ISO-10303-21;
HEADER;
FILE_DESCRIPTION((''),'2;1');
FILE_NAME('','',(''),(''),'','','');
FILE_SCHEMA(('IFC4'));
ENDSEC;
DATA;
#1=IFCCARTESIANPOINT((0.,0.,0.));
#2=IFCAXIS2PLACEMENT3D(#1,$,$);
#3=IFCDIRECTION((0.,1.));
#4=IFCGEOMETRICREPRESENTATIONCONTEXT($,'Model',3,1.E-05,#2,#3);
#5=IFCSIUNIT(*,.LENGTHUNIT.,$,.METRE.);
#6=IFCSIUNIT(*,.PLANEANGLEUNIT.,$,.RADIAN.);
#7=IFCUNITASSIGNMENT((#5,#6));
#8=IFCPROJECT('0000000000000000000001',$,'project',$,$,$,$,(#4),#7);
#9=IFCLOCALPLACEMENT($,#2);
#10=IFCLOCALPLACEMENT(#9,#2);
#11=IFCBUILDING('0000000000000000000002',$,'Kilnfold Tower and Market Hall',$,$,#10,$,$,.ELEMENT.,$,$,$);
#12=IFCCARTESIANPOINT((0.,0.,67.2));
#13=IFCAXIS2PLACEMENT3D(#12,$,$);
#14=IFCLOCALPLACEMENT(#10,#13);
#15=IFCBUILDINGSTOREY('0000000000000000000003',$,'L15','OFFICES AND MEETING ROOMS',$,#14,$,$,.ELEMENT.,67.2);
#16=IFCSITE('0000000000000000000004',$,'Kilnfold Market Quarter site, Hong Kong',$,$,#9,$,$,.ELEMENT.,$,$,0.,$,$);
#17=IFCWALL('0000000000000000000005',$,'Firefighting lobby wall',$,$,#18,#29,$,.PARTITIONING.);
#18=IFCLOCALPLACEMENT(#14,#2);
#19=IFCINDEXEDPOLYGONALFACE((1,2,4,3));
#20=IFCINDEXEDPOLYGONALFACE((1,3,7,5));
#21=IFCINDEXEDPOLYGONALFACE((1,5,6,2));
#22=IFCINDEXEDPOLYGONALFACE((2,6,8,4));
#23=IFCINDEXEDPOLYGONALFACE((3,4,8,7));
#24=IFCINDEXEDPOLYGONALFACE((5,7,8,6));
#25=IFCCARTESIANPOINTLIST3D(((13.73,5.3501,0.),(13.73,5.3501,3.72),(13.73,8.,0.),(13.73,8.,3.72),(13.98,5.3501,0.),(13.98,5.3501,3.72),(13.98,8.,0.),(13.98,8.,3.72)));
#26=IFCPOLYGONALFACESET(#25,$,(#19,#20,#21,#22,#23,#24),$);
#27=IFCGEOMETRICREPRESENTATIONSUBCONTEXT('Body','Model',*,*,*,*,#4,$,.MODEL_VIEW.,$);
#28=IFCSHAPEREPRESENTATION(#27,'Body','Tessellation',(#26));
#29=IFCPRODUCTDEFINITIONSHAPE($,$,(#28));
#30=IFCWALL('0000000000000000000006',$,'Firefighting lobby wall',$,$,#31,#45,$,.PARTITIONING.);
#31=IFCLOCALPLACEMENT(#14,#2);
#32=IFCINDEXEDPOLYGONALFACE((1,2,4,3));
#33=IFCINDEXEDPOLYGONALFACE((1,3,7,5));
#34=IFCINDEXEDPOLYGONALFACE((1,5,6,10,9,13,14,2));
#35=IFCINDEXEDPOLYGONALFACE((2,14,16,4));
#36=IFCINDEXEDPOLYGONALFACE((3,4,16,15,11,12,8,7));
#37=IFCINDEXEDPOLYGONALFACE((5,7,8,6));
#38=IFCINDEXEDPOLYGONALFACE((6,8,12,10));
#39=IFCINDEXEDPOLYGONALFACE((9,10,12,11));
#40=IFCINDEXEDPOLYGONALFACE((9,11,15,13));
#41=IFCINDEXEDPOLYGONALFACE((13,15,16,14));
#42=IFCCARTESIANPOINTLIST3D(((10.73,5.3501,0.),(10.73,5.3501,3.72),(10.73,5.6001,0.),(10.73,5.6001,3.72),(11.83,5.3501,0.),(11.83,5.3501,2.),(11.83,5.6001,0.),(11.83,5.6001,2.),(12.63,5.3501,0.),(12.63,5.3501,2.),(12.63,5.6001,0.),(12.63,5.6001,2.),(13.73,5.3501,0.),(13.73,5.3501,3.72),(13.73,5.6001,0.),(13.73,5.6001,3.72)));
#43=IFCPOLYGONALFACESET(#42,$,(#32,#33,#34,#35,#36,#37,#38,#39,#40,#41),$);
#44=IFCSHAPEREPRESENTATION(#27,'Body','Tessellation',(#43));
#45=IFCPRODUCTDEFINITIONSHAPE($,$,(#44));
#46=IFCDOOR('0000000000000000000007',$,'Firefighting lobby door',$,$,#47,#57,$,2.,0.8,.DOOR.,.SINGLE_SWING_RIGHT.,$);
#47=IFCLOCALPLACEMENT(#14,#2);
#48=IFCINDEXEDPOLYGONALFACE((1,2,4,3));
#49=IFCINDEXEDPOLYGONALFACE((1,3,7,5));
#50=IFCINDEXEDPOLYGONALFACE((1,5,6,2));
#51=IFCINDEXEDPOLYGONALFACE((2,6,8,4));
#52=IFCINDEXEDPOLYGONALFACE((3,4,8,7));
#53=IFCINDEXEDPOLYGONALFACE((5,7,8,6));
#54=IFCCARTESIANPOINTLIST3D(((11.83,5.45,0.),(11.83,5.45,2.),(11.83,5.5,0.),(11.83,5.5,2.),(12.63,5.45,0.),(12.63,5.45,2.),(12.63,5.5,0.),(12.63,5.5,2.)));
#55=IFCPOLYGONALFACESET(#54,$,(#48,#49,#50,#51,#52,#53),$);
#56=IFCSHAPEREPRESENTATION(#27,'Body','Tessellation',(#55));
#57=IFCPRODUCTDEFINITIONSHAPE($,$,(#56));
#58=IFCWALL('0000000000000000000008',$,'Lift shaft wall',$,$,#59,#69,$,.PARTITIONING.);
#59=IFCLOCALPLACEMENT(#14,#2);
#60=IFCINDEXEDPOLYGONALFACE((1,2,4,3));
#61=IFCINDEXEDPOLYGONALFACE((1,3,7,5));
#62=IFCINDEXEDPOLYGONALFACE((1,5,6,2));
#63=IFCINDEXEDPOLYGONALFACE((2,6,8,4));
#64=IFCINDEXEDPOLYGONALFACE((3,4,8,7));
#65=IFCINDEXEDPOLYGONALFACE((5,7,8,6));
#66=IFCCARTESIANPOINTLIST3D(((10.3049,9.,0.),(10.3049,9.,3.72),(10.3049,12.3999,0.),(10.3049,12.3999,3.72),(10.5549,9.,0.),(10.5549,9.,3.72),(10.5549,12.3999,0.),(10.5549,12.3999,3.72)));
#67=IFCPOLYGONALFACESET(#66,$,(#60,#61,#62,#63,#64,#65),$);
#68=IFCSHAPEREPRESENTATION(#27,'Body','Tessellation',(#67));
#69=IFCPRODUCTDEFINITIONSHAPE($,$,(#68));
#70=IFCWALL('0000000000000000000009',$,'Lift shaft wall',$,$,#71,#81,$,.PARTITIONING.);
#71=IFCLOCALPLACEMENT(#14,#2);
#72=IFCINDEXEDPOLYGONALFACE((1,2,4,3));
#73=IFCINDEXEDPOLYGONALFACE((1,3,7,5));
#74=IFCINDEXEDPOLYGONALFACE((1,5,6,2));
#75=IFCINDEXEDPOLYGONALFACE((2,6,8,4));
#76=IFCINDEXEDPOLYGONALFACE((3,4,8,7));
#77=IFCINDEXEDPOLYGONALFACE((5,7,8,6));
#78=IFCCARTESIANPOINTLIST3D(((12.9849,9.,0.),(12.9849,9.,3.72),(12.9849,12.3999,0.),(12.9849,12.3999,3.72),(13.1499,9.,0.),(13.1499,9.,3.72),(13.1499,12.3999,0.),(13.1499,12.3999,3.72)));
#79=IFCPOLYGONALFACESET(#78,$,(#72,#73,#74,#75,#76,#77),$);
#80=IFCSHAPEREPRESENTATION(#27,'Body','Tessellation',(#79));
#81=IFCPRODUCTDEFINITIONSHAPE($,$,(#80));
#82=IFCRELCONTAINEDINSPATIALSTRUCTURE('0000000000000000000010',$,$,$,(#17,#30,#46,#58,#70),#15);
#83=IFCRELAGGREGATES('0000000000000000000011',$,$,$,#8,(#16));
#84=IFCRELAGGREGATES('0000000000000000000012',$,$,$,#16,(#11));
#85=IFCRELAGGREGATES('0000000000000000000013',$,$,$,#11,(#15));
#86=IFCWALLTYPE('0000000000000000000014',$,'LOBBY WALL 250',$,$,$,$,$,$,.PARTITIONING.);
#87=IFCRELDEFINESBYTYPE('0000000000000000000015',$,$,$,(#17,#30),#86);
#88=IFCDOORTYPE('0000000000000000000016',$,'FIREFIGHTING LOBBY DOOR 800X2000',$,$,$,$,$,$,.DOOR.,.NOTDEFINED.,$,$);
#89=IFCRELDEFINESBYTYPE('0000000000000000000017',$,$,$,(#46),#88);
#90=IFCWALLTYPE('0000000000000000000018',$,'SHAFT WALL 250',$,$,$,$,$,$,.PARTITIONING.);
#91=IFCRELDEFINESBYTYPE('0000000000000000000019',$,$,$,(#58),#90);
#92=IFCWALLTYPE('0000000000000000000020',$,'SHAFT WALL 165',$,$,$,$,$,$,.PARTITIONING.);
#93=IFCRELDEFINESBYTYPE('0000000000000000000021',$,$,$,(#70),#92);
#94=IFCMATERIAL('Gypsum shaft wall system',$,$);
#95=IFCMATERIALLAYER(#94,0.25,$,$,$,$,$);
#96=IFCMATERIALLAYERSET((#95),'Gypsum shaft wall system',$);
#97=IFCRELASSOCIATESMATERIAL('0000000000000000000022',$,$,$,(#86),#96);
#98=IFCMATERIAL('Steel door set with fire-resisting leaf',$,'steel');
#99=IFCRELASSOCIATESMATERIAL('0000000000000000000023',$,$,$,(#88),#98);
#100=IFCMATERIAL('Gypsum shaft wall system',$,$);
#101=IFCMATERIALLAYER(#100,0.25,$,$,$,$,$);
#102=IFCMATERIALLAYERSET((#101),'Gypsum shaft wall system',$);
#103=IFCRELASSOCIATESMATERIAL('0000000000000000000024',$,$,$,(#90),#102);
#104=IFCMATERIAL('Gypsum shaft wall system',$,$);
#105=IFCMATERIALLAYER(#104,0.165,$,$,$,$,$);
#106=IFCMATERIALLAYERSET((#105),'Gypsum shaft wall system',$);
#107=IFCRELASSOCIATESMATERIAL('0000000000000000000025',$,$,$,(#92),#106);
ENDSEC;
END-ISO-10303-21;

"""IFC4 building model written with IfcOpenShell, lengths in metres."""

from ifc_helpers import new_model, si_unit, direction, frame, frame_2d, origin, place, context, subcontext, project, spatial, rectangle, extrude, source, transform, mapped, material, layer, layer_set, type_object, element, fill, save


model = new_model("IFC4")

# Units and contexts
model_context = context("Model", 3, precision=1e-05, world=origin(), true_north=direction((0.0, 1.0)))
body_context = subcontext(model_context, "Body", "Model", "MODEL_VIEW")
ifc_project = project(units=[si_unit("LENGTHUNIT", "METRE"), si_unit("PLANEANGLEUNIT", "RADIAN")], contexts=[model_context])

# Site, building, storey
site_placement = place(None, origin())
site = spatial("IfcSite", under=ifc_project, at=site_placement, Name="Kilnfold Market Quarter site, Hong Kong", CompositionType="ELEMENT", RefElevation=0.0)
building_placement = place(site_placement, origin())
building = spatial("IfcBuilding", under=site, at=building_placement, Name="Kilnfold Tower and Market Hall", CompositionType="ELEMENT")
storey_placement = place(building_placement, frame((0.0, 0.0, 67.2)))
storey = spatial("IfcBuildingStorey", under=building, at=storey_placement, Name="L15", Description="OFFICES AND MEETING ROOMS", CompositionType="ELEMENT", Elevation=67.2)

# Wall
ifc_material_1 = material(Name="Gypsum shaft wall system")
ifc_layer_1 = layer(ifc_material_1, 0.25)
ifc_layer_set_1 = layer_set([ifc_layer_1], Name="Gypsum shaft wall system")
wall_type_1 = type_object("IfcWallType", Name="LOBBY WALL 250", PredefinedType="PARTITIONING", material=ifc_layer_set_1)
shared_shape_1 = source(origin(), body_context, "Body", "SweptSolid", [
    extrude(rectangle(XDim=2.6499, YDim=0.25, at=frame_2d((1.325, 0.0))), origin(), (0.0, 0.0, 1.0), 3.72),
])
for number, where, z_axis, x_axis, name in (
    (1, (13.855, 5.3501, 0.0), (0.0, 0.0, 1.0), (0.0, 1.0, 0.0), "Firefighting lobby wall"),
):
    element("IfcWall", number, at=place(storey_placement, frame(where, z_axis=z_axis, x_axis=x_axis)), inside=storey, type_object=wall_type_1, Name=name, PredefinedType="PARTITIONING", context=body_context, shape_type="MappedRepresentation", body=[
        mapped(shared_shape_1, transform((0.0, 0.0, 0.0))),
    ])

# Wall, opening, door
shared_shape_2 = source(origin(), body_context, "Body", "SweptSolid", [
    extrude(rectangle(XDim=3.0, YDim=0.25, at=frame_2d((1.5, 0.0))), origin(), (0.0, 0.0, 1.0), 3.72),
])
wall_1_placement = place(storey_placement, frame((10.73, 5.4751, 0.0), z_axis=(0.0, 0.0, 1.0), x_axis=(1.0, 0.0, 0.0)))
wall_1 = element("IfcWall", 2, at=wall_1_placement, inside=storey, type_object=wall_type_1, Name="Firefighting lobby wall", PredefinedType="PARTITIONING", context=body_context, shape_type="MappedRepresentation", body=[
    mapped(shared_shape_2, transform((0.0, 0.0, 0.0))),
])
opening_1_placement = place(wall_1_placement, frame((1.1001, 0.0, 0.0)))
opening_1 = element("IfcOpeningElement", 3, at=opening_1_placement, cuts=wall_1, PredefinedType="OPENING", context=body_context, shape_type="SweptSolid", body=[
    extrude(rectangle(XDim=0.8, YDim=2.0, at=frame_2d((0.3999, 1.0))), frame((0.0, 0.135, 0.0), z_axis=(0.0, -1.0, 0.0), x_axis=(1.0, 0.0, 0.0)), (0.0, 0.0, 1.0), 0.27),
])
ifc_material_2 = material(Name="Steel door set with fire-resisting leaf", Category="steel")
door_type_1 = type_object("IfcDoorType", Name="FIREFIGHTING LOBBY DOOR 800X2000", OperationType="NOTDEFINED", PredefinedType="DOOR", material=ifc_material_2)
door_1_placement = place(opening_1_placement, origin())
door_1 = element("IfcDoor", 4, at=door_1_placement, inside=storey, type_object=door_type_1, Name="Firefighting lobby door", OperationType="SINGLE_SWING_RIGHT", OverallHeight=2.0, OverallWidth=0.8, PredefinedType="DOOR", context=body_context, shape_type="SweptSolid", body=[
    extrude(rectangle(XDim=0.8, YDim=2.0, at=frame_2d((0.3999, 1.0))), frame((0.0, 0.0249, 0.0), z_axis=(0.0, -1.0, 0.0), x_axis=(1.0, 0.0, 0.0)), (0.0, 0.0, 1.0), 0.05),
])
fill(opening_1, door_1)

# Walls
ifc_material_3 = material(Name="Gypsum shaft wall system")
ifc_layer_2 = layer(ifc_material_3, 0.25)
ifc_layer_set_2 = layer_set([ifc_layer_2], Name="Gypsum shaft wall system")
wall_type_2 = type_object("IfcWallType", Name="SHAFT WALL 250", PredefinedType="PARTITIONING", material=ifc_layer_set_2)
shared_shape_3 = source(origin(), body_context, "Body", "SweptSolid", [
    extrude(rectangle(XDim=3.3999, YDim=0.25, at=frame_2d((1.7, 0.0))), origin(), (0.0, 0.0, 1.0), 3.72),
])
wall_2_placement = place(storey_placement, frame((10.4299, 9.0, 0.0), z_axis=(0.0, 0.0, 1.0), x_axis=(0.0, 1.0, 0.0)))
element("IfcWall", 5, at=wall_2_placement, inside=storey, type_object=wall_type_2, Name="Lift shaft wall", PredefinedType="PARTITIONING", context=body_context, shape_type="MappedRepresentation", body=[
    mapped(shared_shape_3, transform((0.0, 0.0, 0.0))),
])
ifc_material_4 = material(Name="Gypsum shaft wall system")
ifc_layer_3 = layer(ifc_material_4, 0.165)
ifc_layer_set_3 = layer_set([ifc_layer_3], Name="Gypsum shaft wall system")
wall_type_3 = type_object("IfcWallType", Name="SHAFT WALL 165", PredefinedType="PARTITIONING", material=ifc_layer_set_3)
shared_shape_4 = source(origin(), body_context, "Body", "SweptSolid", [
    extrude(rectangle(XDim=3.3999, YDim=0.165, at=frame_2d((1.7, 0.0))), origin(), (0.0, 0.0, 1.0), 3.72),
])
wall_3_placement = place(storey_placement, frame((13.0674, 9.0, 0.0), z_axis=(0.0, 0.0, 1.0), x_axis=(0.0, 1.0, 0.0)))
element("IfcWall", 6, at=wall_3_placement, inside=storey, type_object=wall_type_3, Name="Lift shaft wall", PredefinedType="PARTITIONING", context=body_context, shape_type="MappedRepresentation", body=[
    mapped(shared_shape_4, transform((0.0, 0.0, 0.0))),
])

save(model, "model.ifc")
